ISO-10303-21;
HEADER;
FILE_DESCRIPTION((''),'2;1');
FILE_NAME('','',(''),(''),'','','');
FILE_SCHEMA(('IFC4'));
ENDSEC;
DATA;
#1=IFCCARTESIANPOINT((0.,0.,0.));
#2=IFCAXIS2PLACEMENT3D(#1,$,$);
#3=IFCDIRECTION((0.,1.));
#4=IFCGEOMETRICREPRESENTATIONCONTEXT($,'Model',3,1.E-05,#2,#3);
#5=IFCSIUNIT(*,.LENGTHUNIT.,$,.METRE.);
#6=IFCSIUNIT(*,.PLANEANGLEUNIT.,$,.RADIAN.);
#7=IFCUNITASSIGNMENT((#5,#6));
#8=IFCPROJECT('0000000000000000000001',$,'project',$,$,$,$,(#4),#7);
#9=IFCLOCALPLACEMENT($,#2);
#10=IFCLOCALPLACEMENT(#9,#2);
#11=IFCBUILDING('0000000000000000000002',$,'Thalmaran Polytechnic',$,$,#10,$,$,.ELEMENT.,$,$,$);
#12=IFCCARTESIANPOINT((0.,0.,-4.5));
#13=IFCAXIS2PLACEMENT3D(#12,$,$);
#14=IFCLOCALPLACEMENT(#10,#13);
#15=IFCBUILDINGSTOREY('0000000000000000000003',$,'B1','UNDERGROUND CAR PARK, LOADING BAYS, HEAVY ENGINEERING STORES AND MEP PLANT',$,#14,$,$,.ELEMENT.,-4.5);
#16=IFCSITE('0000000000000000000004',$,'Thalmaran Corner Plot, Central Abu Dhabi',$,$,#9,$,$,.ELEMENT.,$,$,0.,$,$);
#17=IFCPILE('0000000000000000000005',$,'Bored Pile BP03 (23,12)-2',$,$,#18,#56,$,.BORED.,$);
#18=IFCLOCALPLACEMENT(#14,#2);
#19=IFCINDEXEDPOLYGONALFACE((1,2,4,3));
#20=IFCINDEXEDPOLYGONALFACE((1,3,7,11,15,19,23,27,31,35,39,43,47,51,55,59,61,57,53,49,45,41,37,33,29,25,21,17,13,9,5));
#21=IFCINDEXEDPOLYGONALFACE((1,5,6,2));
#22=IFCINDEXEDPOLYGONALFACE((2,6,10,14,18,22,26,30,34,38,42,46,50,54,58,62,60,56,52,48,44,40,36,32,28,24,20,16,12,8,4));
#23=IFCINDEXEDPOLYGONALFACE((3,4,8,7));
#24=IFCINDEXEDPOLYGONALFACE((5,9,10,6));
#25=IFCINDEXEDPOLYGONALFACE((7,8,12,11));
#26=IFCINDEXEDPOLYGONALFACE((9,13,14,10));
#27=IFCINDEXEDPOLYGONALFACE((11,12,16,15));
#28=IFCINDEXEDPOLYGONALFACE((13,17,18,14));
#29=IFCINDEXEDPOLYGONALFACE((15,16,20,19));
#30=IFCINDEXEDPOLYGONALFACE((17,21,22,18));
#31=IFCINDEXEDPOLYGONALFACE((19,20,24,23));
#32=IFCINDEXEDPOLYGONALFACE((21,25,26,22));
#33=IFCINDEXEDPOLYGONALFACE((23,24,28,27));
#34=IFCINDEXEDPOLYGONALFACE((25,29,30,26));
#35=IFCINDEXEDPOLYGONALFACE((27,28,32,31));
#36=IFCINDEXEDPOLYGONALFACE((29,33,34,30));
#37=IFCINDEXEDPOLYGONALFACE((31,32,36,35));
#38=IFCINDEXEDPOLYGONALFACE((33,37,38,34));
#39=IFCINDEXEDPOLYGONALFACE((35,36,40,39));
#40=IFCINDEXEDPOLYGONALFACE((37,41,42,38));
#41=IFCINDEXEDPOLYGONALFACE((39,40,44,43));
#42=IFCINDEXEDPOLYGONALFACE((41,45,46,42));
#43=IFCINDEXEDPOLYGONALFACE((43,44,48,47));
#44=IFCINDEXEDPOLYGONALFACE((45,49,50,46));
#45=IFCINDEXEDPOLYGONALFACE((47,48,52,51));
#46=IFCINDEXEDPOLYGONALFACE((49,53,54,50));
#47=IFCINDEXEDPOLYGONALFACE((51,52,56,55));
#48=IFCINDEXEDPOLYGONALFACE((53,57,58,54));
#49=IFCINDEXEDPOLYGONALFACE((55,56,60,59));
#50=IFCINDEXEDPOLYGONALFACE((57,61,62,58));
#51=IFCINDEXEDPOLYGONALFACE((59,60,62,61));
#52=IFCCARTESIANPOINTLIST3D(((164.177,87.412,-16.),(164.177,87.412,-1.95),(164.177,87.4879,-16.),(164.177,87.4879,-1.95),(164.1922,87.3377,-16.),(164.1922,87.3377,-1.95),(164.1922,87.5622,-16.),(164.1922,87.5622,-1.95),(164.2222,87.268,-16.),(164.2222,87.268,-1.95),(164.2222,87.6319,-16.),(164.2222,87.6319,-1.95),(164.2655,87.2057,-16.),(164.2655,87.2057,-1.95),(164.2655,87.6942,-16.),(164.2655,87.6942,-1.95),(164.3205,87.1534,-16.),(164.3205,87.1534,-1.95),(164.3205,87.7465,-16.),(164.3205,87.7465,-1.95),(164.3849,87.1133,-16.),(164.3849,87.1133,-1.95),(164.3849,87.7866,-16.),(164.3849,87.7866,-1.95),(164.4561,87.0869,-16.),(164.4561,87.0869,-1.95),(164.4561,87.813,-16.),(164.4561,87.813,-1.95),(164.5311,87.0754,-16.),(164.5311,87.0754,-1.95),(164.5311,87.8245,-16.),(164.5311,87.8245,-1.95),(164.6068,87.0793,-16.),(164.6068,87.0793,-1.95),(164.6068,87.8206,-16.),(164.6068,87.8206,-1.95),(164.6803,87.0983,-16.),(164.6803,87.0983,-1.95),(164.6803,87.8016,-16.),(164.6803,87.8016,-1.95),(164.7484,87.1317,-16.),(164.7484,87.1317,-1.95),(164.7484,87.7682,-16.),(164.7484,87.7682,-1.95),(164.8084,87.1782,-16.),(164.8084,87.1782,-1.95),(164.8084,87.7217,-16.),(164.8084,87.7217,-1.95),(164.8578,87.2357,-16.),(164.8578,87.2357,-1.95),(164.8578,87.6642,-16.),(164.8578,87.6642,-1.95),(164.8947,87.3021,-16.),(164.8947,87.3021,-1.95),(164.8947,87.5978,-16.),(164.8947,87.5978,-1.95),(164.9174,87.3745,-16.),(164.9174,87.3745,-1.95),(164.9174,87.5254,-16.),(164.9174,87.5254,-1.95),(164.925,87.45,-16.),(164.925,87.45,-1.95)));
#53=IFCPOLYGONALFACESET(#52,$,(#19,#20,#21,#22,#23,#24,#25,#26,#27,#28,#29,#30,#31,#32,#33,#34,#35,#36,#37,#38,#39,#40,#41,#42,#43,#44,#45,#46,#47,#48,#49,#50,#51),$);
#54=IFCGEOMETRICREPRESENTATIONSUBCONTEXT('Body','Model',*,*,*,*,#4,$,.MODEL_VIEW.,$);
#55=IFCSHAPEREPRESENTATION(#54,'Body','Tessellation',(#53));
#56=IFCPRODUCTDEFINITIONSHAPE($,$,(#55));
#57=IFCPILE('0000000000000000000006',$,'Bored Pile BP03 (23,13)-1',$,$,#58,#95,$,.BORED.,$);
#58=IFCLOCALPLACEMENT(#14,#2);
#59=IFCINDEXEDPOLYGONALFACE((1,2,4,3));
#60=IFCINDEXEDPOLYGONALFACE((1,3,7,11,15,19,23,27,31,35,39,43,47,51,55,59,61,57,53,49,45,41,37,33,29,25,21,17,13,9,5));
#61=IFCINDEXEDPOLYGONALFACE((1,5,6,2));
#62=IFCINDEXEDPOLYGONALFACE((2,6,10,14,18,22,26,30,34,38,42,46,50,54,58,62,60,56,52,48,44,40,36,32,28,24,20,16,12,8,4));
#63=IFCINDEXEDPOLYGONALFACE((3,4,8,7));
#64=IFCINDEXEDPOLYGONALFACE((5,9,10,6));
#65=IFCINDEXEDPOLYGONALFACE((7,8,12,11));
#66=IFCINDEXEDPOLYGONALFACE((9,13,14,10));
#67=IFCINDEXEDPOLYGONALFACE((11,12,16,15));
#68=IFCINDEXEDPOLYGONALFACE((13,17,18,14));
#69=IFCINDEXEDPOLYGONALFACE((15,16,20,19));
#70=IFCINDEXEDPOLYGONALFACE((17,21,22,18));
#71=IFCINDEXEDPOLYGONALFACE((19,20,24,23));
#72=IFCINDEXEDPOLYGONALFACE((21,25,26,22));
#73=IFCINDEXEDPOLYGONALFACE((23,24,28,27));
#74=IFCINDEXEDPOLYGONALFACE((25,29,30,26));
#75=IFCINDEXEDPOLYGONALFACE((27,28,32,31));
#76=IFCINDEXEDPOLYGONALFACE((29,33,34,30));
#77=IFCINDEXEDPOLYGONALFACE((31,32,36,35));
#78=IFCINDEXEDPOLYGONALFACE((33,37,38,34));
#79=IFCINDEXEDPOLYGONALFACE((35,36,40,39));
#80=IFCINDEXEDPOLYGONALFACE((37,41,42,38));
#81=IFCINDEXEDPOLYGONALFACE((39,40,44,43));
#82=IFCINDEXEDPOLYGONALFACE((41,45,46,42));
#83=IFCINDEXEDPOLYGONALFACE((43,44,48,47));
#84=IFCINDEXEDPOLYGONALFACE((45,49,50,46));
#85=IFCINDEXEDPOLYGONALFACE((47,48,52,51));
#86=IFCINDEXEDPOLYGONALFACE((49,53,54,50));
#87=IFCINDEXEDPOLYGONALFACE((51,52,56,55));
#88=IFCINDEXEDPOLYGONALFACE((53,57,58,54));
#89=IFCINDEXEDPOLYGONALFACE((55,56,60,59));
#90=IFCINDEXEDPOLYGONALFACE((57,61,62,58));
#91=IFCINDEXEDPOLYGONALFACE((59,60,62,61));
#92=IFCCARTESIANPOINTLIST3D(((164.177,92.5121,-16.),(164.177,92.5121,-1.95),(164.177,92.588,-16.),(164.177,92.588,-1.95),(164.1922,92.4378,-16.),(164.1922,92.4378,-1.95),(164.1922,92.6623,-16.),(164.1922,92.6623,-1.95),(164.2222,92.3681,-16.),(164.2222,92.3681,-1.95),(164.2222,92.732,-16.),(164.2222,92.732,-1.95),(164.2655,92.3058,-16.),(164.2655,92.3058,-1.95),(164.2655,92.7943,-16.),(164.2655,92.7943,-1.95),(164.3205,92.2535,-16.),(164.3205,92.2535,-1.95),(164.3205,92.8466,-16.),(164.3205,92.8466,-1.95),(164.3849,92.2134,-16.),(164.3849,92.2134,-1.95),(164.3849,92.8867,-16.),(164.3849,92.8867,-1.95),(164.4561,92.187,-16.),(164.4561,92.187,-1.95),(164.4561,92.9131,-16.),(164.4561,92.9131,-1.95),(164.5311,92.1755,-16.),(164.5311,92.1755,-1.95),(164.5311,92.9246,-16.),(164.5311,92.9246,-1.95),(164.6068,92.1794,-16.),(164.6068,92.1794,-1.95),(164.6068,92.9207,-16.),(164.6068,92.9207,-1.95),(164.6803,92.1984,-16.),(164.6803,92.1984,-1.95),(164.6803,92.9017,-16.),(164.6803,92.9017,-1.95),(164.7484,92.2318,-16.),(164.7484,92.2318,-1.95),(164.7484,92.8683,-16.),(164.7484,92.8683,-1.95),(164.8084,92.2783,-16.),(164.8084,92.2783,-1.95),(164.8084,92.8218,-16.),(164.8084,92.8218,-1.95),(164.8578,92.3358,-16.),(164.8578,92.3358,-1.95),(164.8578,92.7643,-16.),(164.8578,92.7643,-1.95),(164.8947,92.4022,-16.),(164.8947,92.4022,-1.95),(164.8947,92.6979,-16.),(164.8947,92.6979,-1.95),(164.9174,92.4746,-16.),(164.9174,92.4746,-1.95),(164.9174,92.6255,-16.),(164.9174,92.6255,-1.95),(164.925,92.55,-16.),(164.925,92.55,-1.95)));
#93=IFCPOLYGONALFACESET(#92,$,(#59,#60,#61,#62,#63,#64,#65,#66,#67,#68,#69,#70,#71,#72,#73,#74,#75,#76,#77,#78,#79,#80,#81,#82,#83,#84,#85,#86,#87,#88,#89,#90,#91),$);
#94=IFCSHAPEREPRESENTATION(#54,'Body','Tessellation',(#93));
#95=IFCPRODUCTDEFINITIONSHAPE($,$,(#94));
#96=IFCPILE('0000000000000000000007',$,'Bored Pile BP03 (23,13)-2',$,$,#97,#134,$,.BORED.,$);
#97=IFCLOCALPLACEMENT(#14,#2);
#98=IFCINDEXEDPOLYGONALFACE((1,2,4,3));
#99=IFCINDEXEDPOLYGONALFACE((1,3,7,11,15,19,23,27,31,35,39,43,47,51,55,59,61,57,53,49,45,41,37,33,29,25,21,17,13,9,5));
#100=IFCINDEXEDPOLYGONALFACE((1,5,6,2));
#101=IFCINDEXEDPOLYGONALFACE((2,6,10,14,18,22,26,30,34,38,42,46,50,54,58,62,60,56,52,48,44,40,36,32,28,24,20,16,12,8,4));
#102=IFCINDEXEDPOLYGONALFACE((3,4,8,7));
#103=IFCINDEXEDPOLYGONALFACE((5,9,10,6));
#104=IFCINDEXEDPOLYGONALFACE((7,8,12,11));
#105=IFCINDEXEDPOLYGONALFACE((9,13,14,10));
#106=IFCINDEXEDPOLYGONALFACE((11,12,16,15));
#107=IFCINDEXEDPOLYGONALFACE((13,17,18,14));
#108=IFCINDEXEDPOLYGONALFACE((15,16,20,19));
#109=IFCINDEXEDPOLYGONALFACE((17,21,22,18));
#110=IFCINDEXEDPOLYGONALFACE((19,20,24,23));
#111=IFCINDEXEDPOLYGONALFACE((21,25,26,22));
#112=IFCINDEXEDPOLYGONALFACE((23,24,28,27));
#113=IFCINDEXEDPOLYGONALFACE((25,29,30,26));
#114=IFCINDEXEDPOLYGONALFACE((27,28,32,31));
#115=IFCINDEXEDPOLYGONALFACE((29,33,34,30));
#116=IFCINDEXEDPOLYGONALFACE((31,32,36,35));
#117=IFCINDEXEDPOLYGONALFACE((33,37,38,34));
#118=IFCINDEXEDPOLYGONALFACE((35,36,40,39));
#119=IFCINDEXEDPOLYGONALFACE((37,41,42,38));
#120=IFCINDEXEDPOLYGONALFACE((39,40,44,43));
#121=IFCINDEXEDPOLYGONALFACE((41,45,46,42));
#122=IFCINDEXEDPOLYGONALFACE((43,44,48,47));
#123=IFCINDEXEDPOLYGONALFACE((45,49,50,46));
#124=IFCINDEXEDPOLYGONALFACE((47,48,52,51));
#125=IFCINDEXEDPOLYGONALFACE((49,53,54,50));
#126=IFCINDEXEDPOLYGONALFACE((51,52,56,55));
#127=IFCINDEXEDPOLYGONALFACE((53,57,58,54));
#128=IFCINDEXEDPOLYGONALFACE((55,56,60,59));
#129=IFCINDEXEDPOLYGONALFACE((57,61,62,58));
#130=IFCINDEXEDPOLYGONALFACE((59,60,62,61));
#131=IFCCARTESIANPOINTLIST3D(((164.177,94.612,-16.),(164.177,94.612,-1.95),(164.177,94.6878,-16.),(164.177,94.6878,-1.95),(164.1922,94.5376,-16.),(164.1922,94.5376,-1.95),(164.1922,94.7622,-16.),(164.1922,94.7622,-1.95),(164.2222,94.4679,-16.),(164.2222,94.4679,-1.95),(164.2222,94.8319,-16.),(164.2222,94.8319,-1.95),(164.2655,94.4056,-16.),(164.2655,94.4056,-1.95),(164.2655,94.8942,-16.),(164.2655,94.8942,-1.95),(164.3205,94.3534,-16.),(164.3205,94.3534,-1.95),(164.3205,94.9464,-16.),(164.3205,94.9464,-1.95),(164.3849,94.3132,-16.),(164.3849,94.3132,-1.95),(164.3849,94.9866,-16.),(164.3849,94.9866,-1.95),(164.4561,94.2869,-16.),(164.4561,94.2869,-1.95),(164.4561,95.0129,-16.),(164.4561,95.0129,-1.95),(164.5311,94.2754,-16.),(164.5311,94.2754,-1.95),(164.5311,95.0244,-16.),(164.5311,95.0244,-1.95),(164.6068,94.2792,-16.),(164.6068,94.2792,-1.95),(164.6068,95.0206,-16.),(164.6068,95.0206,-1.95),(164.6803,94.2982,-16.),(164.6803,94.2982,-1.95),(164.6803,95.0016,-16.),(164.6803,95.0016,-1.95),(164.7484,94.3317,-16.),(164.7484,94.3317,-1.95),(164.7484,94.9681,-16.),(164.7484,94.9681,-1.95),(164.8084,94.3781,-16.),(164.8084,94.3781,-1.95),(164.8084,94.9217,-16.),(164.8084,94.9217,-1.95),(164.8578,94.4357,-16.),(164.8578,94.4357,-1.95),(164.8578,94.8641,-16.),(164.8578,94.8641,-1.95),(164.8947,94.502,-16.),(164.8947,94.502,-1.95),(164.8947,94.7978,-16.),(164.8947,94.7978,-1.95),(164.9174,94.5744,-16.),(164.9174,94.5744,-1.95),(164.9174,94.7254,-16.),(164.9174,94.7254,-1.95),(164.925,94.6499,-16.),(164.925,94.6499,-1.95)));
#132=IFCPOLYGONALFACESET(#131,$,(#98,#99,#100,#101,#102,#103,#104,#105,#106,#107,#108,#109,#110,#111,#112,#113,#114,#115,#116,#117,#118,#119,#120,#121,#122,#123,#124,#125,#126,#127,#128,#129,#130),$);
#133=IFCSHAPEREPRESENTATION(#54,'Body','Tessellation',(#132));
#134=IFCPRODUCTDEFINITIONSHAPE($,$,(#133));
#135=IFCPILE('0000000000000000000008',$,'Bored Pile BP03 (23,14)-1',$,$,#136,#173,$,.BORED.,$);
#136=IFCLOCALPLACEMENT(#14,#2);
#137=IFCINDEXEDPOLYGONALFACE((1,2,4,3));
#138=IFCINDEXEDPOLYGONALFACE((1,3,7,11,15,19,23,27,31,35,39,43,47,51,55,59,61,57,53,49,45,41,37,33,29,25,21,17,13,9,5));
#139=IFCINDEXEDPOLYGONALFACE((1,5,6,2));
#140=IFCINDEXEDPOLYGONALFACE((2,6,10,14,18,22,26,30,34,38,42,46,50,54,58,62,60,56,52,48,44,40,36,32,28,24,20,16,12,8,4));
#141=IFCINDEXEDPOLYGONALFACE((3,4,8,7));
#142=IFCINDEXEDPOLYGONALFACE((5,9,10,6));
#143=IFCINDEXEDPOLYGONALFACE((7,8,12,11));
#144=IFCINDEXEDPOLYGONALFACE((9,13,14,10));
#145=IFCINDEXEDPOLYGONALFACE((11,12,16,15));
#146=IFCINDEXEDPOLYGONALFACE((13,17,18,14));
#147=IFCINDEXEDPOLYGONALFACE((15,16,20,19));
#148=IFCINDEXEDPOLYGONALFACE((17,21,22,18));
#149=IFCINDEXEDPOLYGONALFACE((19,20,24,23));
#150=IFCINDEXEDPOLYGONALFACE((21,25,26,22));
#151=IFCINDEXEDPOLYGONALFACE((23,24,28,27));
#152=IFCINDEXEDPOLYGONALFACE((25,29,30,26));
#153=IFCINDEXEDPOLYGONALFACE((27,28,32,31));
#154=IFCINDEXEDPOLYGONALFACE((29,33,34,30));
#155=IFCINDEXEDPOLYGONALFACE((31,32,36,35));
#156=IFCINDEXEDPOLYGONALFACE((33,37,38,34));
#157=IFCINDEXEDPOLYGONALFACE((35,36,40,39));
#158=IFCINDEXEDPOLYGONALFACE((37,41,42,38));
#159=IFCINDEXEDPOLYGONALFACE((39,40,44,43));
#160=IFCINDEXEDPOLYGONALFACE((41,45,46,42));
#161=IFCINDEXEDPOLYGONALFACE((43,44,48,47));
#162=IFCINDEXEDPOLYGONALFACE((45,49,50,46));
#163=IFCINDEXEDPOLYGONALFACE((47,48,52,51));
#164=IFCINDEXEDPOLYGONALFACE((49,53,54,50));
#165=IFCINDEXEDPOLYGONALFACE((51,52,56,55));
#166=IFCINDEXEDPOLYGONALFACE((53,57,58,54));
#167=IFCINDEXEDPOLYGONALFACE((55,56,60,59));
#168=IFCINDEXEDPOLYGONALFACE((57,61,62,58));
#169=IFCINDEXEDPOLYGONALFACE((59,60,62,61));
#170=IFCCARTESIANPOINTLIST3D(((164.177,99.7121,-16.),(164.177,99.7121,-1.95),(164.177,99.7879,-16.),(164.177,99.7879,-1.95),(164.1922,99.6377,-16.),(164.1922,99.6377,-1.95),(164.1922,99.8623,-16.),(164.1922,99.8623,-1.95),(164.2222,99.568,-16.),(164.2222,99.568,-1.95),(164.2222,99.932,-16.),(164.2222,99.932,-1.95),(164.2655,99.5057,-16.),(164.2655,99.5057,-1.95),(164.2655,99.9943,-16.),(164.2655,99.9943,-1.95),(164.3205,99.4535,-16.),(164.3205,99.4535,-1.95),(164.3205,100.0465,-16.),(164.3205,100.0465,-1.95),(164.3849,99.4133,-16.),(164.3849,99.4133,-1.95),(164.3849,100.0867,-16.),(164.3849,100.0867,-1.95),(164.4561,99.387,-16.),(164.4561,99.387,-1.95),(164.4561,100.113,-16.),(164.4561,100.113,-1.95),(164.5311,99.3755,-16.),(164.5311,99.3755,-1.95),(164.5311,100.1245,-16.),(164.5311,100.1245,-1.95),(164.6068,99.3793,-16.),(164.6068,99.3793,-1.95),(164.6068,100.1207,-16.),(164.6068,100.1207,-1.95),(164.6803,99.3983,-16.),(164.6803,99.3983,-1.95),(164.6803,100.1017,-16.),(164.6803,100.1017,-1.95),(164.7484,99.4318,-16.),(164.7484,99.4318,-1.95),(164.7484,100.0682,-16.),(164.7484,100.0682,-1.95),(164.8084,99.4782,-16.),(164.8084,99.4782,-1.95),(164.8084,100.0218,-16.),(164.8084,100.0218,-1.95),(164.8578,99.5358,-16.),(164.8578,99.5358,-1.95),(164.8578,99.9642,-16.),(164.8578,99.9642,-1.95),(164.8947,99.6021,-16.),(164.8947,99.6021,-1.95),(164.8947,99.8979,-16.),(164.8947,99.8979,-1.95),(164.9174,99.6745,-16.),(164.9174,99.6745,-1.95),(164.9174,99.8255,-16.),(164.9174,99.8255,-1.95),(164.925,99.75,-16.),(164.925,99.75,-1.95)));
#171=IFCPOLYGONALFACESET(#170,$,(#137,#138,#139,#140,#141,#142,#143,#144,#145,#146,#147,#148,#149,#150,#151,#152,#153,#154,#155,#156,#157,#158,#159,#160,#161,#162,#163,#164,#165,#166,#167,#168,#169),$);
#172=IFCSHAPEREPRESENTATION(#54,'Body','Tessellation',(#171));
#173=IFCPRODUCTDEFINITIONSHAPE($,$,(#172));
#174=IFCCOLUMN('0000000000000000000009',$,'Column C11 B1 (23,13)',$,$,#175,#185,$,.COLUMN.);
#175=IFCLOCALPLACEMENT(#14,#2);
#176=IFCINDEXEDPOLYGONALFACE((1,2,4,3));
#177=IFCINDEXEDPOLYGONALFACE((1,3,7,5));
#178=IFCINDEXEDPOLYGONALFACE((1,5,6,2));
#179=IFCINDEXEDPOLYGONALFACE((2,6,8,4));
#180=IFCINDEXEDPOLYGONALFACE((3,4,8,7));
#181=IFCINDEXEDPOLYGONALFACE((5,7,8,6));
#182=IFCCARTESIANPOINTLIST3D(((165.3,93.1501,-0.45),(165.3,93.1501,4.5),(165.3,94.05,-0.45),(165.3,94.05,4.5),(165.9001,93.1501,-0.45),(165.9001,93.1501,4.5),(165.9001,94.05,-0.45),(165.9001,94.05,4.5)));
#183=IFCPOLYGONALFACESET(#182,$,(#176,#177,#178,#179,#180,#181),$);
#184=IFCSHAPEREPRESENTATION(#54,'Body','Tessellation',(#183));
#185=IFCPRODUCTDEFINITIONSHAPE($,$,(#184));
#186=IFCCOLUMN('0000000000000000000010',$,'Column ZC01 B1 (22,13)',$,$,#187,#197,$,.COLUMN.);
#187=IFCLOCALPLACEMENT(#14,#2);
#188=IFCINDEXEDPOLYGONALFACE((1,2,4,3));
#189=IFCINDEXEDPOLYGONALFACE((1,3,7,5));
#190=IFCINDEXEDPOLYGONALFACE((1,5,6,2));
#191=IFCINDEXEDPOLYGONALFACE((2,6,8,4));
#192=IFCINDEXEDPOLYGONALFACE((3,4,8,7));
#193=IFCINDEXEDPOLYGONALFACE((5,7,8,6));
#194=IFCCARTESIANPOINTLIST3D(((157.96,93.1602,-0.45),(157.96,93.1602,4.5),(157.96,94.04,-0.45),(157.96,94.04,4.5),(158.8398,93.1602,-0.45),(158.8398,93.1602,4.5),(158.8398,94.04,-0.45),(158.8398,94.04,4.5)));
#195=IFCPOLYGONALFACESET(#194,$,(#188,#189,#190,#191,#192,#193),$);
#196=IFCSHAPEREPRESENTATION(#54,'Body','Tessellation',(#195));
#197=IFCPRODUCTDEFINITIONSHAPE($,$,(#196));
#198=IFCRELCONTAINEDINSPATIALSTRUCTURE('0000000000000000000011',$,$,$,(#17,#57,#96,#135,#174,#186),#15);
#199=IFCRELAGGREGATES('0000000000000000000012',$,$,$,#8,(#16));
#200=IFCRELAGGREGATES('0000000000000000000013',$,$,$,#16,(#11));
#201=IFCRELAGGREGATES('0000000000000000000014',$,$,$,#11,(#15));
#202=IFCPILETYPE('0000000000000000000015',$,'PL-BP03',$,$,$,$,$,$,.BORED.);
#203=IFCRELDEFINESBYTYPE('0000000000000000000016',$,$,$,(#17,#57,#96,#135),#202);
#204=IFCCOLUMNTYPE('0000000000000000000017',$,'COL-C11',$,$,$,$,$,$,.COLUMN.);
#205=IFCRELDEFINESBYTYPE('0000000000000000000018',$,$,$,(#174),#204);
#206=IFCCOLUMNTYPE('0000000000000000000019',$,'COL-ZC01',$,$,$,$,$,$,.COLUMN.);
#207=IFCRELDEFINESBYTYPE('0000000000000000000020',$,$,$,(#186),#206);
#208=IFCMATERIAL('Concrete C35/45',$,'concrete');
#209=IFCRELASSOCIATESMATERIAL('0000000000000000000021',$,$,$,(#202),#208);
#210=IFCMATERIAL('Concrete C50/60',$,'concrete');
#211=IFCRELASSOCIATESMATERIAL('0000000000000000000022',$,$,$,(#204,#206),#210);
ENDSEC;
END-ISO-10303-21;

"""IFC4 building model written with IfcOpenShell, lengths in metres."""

from ifc_helpers import new_model, si_unit, direction, frame, origin, origin_2d, place, context, subcontext, project, spatial, rectangle, circle, extrude, material, material_profile, profile_set, type_object, element, save


model = new_model("IFC4")

# Units and contexts
model_context = context("Model", 3, precision=1e-05, world=origin(), true_north=direction((0.0, 1.0)))
body_context = subcontext(model_context, "Body", "Model", "MODEL_VIEW")
ifc_project = project(units=[si_unit("LENGTHUNIT", "METRE"), si_unit("PLANEANGLEUNIT", "RADIAN")], contexts=[model_context])

# Site, building, storey
site_placement = place(None, origin())
site = spatial("IfcSite", under=ifc_project, at=site_placement, Name="Thalmaran Corner Plot, Central Abu Dhabi", CompositionType="ELEMENT", RefElevation=0.0)
building_placement = place(site_placement, origin())
building = spatial("IfcBuilding", under=site, at=building_placement, Name="Thalmaran Polytechnic", CompositionType="ELEMENT")
storey_placement = place(building_placement, frame((0.0, 0.0, -4.5)))
storey = spatial("IfcBuildingStorey", under=building, at=storey_placement, Name="B1", Description="UNDERGROUND CAR PARK, LOADING BAYS, HEAVY ENGINEERING STORES AND MEP PLANT", CompositionType="ELEMENT", Elevation=-4.5)

# Piles
ifc_material_1 = material(Name="Concrete C35/45", Category="concrete")
ifc_material_profile_1 = material_profile(ifc_material_1, circle(Radius=0.375, at=origin_2d()), Name="RC 750 DIA")
ifc_profile_set_1 = profile_set([ifc_material_profile_1], Name="Concrete C35/45")
pile_type = type_object("IfcPileType", Name="PL-BP03", PredefinedType="BORED", material=ifc_profile_set_1)
for number, where, z_axis, x_axis, name in (
    (1, (164.55, 87.45, -1.95), (0.0, 0.0, -1.0), (1.0, 0.0, 0.0), "Bored Pile BP03 (23,12)-2"),
    (2, (164.55, 92.55, -1.95), (0.0, 0.0, -1.0), (1.0, 0.0, 0.0), "Bored Pile BP03 (23,13)-1"),
    (3, (164.55, 94.6499, -1.95), (0.0, 0.0, -1.0), (1.0, 0.0, 0.0), "Bored Pile BP03 (23,13)-2"),
    (4, (164.55, 99.75, -1.95), (0.0, 0.0, -1.0), (1.0, 0.0, 0.0), "Bored Pile BP03 (23,14)-1"),
):
    element("IfcPile", number, at=place(storey_placement, frame(where, z_axis=z_axis, x_axis=x_axis)), inside=storey, type_object=pile_type, Name=name, PredefinedType="BORED", context=body_context, shape_type="SweptSolid", body=[
        extrude(circle(Radius=0.375, at=origin_2d()), origin(), (0.0, 0.0, 1.0), 14.05),
    ])

# Columns
ifc_material_2 = material(Name="Concrete C50/60", Category="concrete")
ifc_material_profile_2 = material_profile(ifc_material_2, rectangle(XDim=0.6001, YDim=0.8999, at=origin_2d()), Name="RC 600x900")
ifc_profile_set_2 = profile_set([ifc_material_profile_2], Name="Concrete C50/60")
column_type_1 = type_object("IfcColumnType", Name="COL-C11", PredefinedType="COLUMN", material=ifc_profile_set_2)
column_1_placement = place(storey_placement, frame((165.6001, 93.6001, -0.45), z_axis=(0.0, 0.0, 1.0), x_axis=(1.0, 0.0, 0.0)))
element("IfcColumn", 5, at=column_1_placement, inside=storey, type_object=column_type_1, Name="Column C11 B1 (23,13)", PredefinedType="COLUMN", context=body_context, shape_type="SweptSolid", body=[
    extrude(rectangle(XDim=0.6001, YDim=0.8999, at=origin_2d()), origin(), (0.0, 0.0, 1.0), 4.95),
])
ifc_material_profile_3 = material_profile(ifc_material_2, rectangle(XDim=0.8799, YDim=0.8799, at=origin_2d()), Name="RC 880x880")
ifc_profile_set_3 = profile_set([ifc_material_profile_3], Name="Concrete C50/60")
column_type_2 = type_object("IfcColumnType", Name="COL-ZC01", PredefinedType="COLUMN", material=ifc_profile_set_3)
column_2_placement = place(storey_placement, frame((158.3999, 93.6001, -0.45), z_axis=(0.0, 0.0, 1.0), x_axis=(1.0, 0.0, 0.0)))
element("IfcColumn", 6, at=column_2_placement, inside=storey, type_object=column_type_2, Name="Column ZC01 B1 (22,13)", PredefinedType="COLUMN", context=body_context, shape_type="SweptSolid", body=[
    extrude(rectangle(XDim=0.8799, YDim=0.8799, at=origin_2d()), origin(), (0.0, 0.0, 1.0), 4.95),
])

save(model, "model.ifc")
